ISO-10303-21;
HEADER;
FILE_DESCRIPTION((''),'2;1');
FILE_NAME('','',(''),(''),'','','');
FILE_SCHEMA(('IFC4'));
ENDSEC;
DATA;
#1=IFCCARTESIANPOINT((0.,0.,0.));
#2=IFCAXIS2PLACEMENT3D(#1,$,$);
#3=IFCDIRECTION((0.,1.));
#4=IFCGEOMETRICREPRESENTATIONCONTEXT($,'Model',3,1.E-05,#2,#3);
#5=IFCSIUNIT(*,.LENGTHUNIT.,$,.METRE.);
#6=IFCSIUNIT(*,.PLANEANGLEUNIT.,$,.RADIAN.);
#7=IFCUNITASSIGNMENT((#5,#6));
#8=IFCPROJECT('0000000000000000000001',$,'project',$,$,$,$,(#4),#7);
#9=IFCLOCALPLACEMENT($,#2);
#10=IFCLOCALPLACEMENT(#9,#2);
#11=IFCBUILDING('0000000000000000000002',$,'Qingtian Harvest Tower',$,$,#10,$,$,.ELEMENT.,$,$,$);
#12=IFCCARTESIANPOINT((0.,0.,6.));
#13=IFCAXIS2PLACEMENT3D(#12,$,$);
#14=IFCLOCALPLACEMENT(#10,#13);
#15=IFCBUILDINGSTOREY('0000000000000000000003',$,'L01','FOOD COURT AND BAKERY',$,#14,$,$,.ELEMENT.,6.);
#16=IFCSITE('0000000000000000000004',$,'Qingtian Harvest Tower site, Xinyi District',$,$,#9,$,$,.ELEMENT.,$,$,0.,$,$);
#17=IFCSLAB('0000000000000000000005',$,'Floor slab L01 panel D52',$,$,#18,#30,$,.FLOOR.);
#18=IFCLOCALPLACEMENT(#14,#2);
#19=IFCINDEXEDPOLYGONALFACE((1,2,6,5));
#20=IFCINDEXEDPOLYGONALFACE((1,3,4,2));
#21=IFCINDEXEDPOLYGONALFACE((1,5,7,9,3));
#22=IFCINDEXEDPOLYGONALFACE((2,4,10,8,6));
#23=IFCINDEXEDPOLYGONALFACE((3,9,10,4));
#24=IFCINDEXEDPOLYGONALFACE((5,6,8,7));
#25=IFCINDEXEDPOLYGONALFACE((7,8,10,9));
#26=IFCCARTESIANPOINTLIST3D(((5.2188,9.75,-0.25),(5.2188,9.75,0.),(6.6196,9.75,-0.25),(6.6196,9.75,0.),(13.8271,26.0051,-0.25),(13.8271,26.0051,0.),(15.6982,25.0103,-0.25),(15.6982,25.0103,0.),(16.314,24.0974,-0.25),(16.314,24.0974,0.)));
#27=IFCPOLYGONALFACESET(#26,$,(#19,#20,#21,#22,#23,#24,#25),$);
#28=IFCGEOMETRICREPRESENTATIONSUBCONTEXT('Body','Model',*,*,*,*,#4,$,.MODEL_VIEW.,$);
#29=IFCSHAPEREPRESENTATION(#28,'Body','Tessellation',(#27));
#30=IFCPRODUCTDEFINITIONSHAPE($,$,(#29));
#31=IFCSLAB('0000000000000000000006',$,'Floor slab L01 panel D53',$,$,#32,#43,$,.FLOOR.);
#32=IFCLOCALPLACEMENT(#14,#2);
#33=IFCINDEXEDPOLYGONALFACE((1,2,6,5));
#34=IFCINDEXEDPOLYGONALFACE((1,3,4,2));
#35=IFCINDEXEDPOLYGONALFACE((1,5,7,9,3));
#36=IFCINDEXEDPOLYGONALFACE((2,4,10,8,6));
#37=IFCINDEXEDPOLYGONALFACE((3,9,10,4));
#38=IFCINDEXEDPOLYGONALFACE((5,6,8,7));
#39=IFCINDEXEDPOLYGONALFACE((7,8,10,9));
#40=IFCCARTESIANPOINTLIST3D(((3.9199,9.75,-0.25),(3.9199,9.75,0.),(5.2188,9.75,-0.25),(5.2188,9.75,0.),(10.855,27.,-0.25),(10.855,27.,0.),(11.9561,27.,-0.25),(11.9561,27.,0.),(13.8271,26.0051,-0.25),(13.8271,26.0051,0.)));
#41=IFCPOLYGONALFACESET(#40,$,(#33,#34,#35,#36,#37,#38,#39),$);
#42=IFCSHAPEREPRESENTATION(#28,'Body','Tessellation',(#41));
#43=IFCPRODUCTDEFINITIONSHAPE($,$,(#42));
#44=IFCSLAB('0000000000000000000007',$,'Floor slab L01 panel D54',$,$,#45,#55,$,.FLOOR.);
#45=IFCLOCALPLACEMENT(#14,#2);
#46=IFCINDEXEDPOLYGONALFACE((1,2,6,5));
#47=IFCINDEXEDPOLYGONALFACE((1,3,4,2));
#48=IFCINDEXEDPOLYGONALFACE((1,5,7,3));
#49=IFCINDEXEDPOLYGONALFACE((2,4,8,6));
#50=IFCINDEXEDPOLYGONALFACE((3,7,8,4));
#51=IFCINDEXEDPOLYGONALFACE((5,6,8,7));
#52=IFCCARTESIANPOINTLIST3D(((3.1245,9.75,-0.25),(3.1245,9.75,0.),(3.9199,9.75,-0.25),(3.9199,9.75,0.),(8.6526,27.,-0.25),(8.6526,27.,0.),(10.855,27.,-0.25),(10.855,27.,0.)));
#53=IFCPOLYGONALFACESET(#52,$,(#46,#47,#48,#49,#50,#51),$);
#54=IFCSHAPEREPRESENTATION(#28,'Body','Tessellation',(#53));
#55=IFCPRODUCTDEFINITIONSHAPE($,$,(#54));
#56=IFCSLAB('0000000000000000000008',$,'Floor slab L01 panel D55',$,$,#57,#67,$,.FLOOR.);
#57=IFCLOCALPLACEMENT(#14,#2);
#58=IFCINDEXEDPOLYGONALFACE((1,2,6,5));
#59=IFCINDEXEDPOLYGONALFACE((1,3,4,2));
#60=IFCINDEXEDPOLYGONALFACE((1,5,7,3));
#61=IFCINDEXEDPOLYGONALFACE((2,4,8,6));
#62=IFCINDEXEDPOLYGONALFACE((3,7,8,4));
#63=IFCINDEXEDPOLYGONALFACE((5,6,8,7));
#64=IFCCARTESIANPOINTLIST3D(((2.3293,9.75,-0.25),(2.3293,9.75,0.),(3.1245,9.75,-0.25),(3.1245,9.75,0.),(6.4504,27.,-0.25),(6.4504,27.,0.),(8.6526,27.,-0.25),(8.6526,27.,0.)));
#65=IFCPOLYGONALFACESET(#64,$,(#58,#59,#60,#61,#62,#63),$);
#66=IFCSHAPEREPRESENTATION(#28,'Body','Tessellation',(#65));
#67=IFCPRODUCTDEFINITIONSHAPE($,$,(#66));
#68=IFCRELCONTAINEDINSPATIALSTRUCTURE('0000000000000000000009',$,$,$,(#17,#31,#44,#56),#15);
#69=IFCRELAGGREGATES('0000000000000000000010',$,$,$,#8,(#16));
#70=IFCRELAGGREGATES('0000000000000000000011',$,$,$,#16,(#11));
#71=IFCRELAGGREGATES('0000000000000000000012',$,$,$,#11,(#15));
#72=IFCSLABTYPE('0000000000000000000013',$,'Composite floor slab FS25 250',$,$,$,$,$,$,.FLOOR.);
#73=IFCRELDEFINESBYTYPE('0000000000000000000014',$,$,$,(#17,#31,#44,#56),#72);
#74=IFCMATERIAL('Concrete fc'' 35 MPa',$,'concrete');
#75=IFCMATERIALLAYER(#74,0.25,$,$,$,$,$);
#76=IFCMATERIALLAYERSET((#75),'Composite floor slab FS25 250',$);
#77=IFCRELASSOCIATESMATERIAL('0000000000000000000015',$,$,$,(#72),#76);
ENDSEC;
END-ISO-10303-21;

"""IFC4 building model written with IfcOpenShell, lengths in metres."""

from ifc_helpers import new_model, si_unit, direction, frame, origin, place, context, subcontext, project, spatial, polyline, outline, extrude, material, layer, layer_set, type_object, element, save


model = new_model("IFC4")

# Units and contexts
model_context = context("Model", 3, precision=1e-05, world=origin(), true_north=direction((0.0, 1.0)))
body_context = subcontext(model_context, "Body", "Model", "MODEL_VIEW")
ifc_project = project(units=[si_unit("LENGTHUNIT", "METRE"), si_unit("PLANEANGLEUNIT", "RADIAN")], contexts=[model_context])

# Site, building, storey
site_placement = place(None, origin())
site = spatial("IfcSite", under=ifc_project, at=site_placement, Name="Qingtian Harvest Tower site, Xinyi District", CompositionType="ELEMENT", RefElevation=0.0)
building_placement = place(site_placement, origin())
building = spatial("IfcBuilding", under=site, at=building_placement, Name="Qingtian Harvest Tower", CompositionType="ELEMENT")
storey_placement = place(building_placement, frame((0.0, 0.0, 6.0)))
storey = spatial("IfcBuildingStorey", under=building, at=storey_placement, Name="L01", Description="FOOD COURT AND BAKERY", CompositionType="ELEMENT", Elevation=6.0)

# Slabs
ifc_material = material(Name="Concrete fc' 35 MPa", Category="concrete")
ifc_layer = layer(ifc_material, 0.25)
ifc_layer_set = layer_set([ifc_layer], Name="Composite floor slab FS25 250")
slab_type = type_object("IfcSlabType", Name="Composite floor slab FS25 250", PredefinedType="FLOOR", material=ifc_layer_set)
slab_1_placement = place(storey_placement, frame((0.0, 0.0, -0.25)))
element("IfcSlab", 1, at=slab_1_placement, inside=storey, type_object=slab_type, Name="Floor slab L01 panel D52", PredefinedType="FLOOR", context=body_context, shape_type="SweptSolid", body=[
    extrude(outline(polyline([(6.6196, 9.75), (5.2188, 9.75), (13.8271, 26.0051), (15.6982, 25.0103), (16.314, 24.0974), (6.6196, 9.75)])), origin(), (0.0, 0.0, 1.0), 0.25),
])
slab_2_placement = place(storey_placement, frame((0.0, 0.0, -0.25)))
element("IfcSlab", 2, at=slab_2_placement, inside=storey, type_object=slab_type, Name="Floor slab L01 panel D53", PredefinedType="FLOOR", context=body_context, shape_type="SweptSolid", body=[
    extrude(outline(polyline([(3.9199, 9.75), (10.855, 27.0), (11.9561, 27.0), (13.8271, 26.0051), (5.2188, 9.75), (3.9199, 9.75)])), origin(), (0.0, 0.0, 1.0), 0.25),
])
slab_3_placement = place(storey_placement, frame((0.0, 0.0, -0.25)))
element("IfcSlab", 3, at=slab_3_placement, inside=storey, type_object=slab_type, Name="Floor slab L01 panel D54", PredefinedType="FLOOR", context=body_context, shape_type="SweptSolid", body=[
    extrude(outline(polyline([(3.1245, 9.75), (8.6526, 27.0), (10.855, 27.0), (3.9199, 9.75), (3.1245, 9.75)])), origin(), (0.0, 0.0, 1.0), 0.25),
])
slab_4_placement = place(storey_placement, frame((0.0, 0.0, -0.25)))
element("IfcSlab", 4, at=slab_4_placement, inside=storey, type_object=slab_type, Name="Floor slab L01 panel D55", PredefinedType="FLOOR", context=body_context, shape_type="SweptSolid", body=[
    extrude(outline(polyline([(2.3293, 9.75), (6.4504, 27.0), (8.6526, 27.0), (3.1245, 9.75), (2.3293, 9.75)])), origin(), (0.0, 0.0, 1.0), 0.25),
])

save(model, "model.ifc")
